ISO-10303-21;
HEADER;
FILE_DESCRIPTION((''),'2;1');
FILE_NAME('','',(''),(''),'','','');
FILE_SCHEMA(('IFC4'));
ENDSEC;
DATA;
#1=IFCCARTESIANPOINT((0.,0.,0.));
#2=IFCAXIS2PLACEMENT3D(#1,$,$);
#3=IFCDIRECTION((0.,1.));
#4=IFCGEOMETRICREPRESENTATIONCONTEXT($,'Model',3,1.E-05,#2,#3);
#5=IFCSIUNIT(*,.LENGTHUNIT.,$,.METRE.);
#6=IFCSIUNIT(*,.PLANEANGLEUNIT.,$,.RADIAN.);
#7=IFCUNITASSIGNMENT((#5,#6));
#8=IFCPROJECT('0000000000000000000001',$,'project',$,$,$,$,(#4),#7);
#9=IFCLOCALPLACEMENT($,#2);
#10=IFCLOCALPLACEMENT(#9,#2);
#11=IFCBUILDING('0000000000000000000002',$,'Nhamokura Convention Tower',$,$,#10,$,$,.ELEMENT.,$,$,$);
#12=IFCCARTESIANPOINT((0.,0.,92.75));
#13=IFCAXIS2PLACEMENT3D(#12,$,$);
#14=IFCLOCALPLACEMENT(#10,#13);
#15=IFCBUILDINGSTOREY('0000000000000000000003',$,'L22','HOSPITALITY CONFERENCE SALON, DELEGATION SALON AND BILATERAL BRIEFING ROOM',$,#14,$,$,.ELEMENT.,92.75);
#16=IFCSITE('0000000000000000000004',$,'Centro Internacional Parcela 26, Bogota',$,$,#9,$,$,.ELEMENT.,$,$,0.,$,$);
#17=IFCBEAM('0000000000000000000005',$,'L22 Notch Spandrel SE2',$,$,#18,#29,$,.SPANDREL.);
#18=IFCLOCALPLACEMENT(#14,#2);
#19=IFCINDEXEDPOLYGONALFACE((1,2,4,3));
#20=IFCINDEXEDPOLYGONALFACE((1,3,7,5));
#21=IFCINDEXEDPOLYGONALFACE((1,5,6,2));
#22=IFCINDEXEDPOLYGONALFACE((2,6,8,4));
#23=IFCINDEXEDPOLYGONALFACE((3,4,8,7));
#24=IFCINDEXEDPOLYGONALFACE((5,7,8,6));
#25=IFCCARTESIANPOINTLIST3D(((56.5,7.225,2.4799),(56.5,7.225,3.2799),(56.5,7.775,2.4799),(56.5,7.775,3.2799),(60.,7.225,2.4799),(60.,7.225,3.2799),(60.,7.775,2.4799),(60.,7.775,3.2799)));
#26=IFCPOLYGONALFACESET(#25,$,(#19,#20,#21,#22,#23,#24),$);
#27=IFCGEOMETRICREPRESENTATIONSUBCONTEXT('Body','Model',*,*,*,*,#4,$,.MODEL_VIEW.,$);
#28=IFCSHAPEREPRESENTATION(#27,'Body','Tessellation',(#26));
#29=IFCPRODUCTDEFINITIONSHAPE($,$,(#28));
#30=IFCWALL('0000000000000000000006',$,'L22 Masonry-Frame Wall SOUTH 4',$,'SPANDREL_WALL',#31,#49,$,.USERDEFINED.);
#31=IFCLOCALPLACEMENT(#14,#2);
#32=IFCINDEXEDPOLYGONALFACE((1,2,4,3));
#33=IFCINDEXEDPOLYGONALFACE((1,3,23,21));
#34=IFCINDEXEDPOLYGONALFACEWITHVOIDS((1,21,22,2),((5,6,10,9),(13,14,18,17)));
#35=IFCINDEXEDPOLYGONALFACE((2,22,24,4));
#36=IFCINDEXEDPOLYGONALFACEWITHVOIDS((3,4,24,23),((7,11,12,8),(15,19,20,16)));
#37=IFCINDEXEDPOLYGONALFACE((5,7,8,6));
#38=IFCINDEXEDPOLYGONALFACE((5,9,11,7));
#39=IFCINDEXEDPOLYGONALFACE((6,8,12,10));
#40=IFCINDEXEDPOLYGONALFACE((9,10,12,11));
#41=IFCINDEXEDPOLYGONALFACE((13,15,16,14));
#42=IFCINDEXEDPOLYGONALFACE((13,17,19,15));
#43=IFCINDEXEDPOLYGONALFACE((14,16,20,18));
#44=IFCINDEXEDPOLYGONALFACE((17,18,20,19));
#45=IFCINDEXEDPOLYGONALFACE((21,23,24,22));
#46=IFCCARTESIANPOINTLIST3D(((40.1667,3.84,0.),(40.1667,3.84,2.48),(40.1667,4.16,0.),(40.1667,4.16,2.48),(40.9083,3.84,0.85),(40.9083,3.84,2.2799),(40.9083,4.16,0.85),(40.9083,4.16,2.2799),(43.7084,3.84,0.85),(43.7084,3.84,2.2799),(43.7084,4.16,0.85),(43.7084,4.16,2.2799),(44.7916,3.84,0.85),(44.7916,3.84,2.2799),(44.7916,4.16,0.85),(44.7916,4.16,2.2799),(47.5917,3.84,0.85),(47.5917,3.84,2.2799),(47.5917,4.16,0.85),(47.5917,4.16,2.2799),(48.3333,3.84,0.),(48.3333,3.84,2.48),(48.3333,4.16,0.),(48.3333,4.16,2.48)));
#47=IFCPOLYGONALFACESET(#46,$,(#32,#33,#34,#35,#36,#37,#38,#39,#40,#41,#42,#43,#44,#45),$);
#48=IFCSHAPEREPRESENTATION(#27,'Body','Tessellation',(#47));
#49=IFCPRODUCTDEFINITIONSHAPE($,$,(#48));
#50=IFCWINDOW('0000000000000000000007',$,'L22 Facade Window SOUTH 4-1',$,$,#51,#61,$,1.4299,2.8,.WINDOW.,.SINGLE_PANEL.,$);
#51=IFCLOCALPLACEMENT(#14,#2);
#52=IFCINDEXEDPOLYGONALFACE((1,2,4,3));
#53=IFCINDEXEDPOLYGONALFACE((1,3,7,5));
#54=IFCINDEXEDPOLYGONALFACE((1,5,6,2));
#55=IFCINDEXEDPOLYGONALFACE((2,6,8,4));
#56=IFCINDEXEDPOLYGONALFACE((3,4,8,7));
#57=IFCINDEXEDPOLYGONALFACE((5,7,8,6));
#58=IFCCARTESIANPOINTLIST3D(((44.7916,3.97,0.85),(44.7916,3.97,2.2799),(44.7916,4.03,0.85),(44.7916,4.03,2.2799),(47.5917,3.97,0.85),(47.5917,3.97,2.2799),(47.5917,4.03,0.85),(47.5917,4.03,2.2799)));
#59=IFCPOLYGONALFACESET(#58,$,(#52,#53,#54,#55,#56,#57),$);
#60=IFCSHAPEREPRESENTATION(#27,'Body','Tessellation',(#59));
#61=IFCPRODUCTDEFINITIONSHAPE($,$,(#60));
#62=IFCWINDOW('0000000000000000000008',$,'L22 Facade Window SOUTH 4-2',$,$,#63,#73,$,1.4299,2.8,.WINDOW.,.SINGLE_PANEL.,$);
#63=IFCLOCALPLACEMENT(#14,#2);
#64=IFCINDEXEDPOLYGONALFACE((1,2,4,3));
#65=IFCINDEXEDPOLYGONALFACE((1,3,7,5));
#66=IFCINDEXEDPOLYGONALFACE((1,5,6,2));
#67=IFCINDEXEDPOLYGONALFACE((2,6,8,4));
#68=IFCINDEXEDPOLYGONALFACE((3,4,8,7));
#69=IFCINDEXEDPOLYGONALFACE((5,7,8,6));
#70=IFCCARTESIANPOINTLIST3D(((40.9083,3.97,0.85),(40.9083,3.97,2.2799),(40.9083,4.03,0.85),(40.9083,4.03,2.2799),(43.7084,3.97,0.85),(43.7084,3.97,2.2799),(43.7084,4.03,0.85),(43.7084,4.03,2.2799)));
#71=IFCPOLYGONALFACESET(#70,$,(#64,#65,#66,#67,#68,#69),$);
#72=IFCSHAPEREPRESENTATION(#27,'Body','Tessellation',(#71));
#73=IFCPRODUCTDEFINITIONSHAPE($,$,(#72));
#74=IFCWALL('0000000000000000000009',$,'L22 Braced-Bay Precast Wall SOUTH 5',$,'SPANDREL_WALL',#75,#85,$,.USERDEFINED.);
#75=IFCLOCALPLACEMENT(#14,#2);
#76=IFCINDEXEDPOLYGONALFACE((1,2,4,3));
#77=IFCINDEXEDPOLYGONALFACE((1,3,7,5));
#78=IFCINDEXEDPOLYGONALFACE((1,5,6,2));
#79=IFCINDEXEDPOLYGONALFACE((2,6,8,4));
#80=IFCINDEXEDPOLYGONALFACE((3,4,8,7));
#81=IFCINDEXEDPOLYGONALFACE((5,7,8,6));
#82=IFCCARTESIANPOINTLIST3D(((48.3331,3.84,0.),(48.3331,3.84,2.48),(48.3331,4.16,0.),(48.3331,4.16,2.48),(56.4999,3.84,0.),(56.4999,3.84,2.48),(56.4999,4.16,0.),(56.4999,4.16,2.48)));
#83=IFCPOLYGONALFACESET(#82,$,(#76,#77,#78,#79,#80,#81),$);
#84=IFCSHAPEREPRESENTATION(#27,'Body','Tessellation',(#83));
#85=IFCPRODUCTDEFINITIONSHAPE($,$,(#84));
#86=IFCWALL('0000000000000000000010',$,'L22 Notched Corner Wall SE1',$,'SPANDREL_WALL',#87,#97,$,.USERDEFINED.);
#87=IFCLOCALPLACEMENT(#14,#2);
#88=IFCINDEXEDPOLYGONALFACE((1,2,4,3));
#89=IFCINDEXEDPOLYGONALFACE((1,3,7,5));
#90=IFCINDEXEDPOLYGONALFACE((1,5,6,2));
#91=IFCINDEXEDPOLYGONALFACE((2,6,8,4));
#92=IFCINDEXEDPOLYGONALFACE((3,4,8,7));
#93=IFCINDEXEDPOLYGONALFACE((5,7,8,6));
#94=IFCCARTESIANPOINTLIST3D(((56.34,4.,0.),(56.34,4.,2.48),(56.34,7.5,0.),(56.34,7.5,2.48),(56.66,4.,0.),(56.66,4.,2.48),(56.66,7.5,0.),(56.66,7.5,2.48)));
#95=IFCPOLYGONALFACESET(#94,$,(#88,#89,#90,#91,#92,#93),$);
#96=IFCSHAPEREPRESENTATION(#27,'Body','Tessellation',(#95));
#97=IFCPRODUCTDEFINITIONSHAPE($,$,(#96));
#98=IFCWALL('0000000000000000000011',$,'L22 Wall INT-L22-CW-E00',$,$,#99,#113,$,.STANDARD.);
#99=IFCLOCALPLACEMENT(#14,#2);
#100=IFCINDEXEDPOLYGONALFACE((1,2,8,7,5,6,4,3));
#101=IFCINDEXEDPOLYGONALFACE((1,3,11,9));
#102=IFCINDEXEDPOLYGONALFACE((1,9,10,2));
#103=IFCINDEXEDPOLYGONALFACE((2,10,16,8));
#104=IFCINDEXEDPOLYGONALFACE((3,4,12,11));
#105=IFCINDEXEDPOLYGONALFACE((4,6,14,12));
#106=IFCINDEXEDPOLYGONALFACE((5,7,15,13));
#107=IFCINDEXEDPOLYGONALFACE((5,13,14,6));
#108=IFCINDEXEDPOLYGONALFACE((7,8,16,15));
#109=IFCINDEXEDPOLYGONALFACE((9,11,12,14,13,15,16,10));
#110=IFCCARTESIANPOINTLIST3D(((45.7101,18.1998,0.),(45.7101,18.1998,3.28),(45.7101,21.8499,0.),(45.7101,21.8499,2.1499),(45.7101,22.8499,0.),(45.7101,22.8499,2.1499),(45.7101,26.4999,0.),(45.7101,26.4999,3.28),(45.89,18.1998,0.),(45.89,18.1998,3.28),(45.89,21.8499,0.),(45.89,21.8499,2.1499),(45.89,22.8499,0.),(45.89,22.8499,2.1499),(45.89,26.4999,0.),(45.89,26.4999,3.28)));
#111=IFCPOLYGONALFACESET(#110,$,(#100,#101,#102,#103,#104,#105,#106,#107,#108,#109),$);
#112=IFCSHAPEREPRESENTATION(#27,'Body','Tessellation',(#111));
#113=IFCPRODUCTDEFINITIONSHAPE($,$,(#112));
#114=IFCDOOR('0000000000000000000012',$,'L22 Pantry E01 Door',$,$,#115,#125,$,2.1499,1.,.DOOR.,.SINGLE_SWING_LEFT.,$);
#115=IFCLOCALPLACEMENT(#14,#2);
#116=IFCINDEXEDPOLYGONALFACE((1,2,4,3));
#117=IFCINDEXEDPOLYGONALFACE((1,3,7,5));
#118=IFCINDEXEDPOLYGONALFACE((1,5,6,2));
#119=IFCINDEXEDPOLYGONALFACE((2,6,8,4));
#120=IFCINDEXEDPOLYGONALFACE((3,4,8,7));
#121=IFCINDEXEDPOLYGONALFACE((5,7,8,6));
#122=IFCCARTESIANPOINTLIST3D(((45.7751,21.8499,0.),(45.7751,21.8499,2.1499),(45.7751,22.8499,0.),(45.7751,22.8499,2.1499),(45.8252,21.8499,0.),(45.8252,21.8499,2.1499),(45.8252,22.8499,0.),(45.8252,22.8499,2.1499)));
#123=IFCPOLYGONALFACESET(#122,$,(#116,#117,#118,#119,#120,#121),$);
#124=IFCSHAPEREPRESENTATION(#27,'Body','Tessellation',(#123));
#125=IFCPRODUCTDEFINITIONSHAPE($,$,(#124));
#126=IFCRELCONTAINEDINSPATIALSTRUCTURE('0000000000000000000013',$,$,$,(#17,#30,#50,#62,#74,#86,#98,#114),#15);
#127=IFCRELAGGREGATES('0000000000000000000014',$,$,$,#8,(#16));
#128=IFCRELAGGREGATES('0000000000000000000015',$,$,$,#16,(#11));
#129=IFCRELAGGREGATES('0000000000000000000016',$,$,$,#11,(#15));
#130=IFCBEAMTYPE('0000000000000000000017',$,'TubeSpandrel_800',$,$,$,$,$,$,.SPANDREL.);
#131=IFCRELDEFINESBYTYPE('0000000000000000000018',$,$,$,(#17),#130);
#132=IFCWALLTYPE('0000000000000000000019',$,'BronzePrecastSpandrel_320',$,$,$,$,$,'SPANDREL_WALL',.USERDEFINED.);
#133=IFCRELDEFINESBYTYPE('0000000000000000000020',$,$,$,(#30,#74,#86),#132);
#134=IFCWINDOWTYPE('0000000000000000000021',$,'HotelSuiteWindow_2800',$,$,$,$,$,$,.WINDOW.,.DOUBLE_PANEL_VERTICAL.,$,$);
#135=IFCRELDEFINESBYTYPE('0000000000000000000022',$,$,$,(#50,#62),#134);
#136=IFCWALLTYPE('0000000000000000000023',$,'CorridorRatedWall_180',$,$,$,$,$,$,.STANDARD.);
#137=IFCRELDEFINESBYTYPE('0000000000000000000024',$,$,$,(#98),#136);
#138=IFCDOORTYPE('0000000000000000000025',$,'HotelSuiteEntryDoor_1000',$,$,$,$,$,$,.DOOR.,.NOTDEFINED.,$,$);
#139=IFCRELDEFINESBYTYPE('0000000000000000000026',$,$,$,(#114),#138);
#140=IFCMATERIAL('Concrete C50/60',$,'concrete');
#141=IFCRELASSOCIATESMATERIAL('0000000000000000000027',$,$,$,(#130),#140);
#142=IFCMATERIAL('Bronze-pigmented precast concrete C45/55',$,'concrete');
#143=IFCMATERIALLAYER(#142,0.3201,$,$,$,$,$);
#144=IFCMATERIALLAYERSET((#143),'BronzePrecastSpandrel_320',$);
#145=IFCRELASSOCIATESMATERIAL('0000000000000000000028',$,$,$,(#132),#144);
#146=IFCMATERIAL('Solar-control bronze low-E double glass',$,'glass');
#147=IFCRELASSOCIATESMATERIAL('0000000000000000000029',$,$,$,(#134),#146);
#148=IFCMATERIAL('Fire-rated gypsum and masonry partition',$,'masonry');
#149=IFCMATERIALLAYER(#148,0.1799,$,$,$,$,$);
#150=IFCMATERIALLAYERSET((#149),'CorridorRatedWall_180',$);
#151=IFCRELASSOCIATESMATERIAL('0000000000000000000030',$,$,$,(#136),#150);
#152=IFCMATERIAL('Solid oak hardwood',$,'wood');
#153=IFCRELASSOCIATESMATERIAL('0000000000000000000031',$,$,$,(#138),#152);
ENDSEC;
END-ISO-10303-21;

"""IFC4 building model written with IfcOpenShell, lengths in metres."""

from ifc_helpers import new_model, si_unit, direction, frame, frame_2d, origin, origin_2d, place, context, subcontext, project, spatial, rectangle, extrude, material, layer, layer_set, material_profile, profile_set, type_object, element, fill, save


model = new_model("IFC4")

# Units and contexts
model_context = context("Model", 3, precision=1e-05, world=origin(), true_north=direction((0.0, 1.0)))
body_context = subcontext(model_context, "Body", "Model", "MODEL_VIEW")
ifc_project = project(units=[si_unit("LENGTHUNIT", "METRE"), si_unit("PLANEANGLEUNIT", "RADIAN")], contexts=[model_context])

# Site, building, storey
site_placement = place(None, origin())
site = spatial("IfcSite", under=ifc_project, at=site_placement, Name="Centro Internacional Parcela 26, Bogota", CompositionType="ELEMENT", RefElevation=0.0)
building_placement = place(site_placement, origin())
building = spatial("IfcBuilding", under=site, at=building_placement, Name="Nhamokura Convention Tower", CompositionType="ELEMENT")
storey_placement = place(building_placement, frame((0.0, 0.0, 92.75)))
storey = spatial("IfcBuildingStorey", under=building, at=storey_placement, Name="L22", Description="HOSPITALITY CONFERENCE SALON, DELEGATION SALON AND BILATERAL BRIEFING ROOM", CompositionType="ELEMENT", Elevation=92.75)

# Beam
ifc_material_1 = material(Name="Concrete C50/60", Category="concrete")
ifc_material_profile_1 = material_profile(ifc_material_1, rectangle(XDim=0.55, YDim=0.8, at=origin_2d()))
ifc_profile_set_1 = profile_set([ifc_material_profile_1], Name="Concrete C50/60")
beam_type_1 = type_object("IfcBeamType", Name="TubeSpandrel_800", PredefinedType="SPANDREL", material=ifc_profile_set_1)
for number, where, z_axis, x_axis, name in (
    (1, (56.5, 7.5, 2.8799), (1.0, 0.0, 0.0), (0.0, 1.0, 0.0), "L22 Notch Spandrel SE2"),
):
    element("IfcBeam", number, at=place(storey_placement, frame(where, z_axis=z_axis, x_axis=x_axis)), inside=storey, type_object=beam_type_1, Name=name, PredefinedType="SPANDREL", context=body_context, shape_type="SweptSolid", body=[
        extrude(rectangle(XDim=0.55, YDim=0.8, at=origin_2d()), origin(), (0.0, 0.0, 1.0), 3.5),
    ])

# Wall, openings, windows
ifc_material_2 = material(Name="Bronze-pigmented precast concrete C45/55", Category="concrete")
ifc_layer_1 = layer(ifc_material_2, 0.3201)
ifc_layer_set_1 = layer_set([ifc_layer_1], Name="BronzePrecastSpandrel_320")
wall_type_1 = type_object("IfcWallType", Name="BronzePrecastSpandrel_320", ElementType="SPANDREL_WALL", PredefinedType="USERDEFINED", material=ifc_layer_set_1)
wall_1_placement = place(storey_placement, frame((48.3333, 4.0, 0.0), z_axis=(0.0, 0.0, 1.0), x_axis=(-1.0, 0.0, 0.0)))
wall_1 = element("IfcWall", 2, at=wall_1_placement, inside=storey, type_object=wall_type_1, Name="L22 Masonry-Frame Wall SOUTH 4", ObjectType="SPANDREL_WALL", PredefinedType="USERDEFINED", context=body_context, shape_type="SweptSolid", body=[
    extrude(rectangle(XDim=8.1665, YDim=0.3201, at=frame_2d((4.0833, 0.0))), origin(), (0.0, 0.0, 1.0), 2.48),
])
opening_1_placement = place(wall_1_placement, frame((0.7417, 0.0, 0.8501)))
opening_1 = element("IfcOpeningElement", 3, at=opening_1_placement, cuts=wall_1, PredefinedType="OPENING", context=body_context, shape_type="SweptSolid", body=[
    extrude(rectangle(XDim=2.8, YDim=1.4299, at=frame_2d((1.3999, 0.7148))), frame((0.0, 0.1699, 0.0), z_axis=(0.0, -1.0, 0.0), x_axis=(1.0, 0.0, 0.0)), (0.0, 0.0, 1.0), 0.3401),
])
opening_2_placement = place(wall_1_placement, frame((4.625, 0.0, 0.8501)))
opening_2 = element("IfcOpeningElement", 4, at=opening_2_placement, cuts=wall_1, PredefinedType="OPENING", context=body_context, shape_type="SweptSolid", body=[
    extrude(rectangle(XDim=2.8, YDim=1.4299, at=frame_2d((1.3999, 0.7148))), frame((0.0, 0.1699, 0.0), z_axis=(0.0, -1.0, 0.0), x_axis=(1.0, 0.0, 0.0)), (0.0, 0.0, 1.0), 0.3401),
])
ifc_material_3 = material(Name="Solar-control bronze low-E double glass", Category="glass")
window_type = type_object("IfcWindowType", Name="HotelSuiteWindow_2800", PartitioningType="DOUBLE_PANEL_VERTICAL", PredefinedType="WINDOW", material=ifc_material_3)
window_1_placement = place(opening_1_placement, origin())
window_1 = element("IfcWindow", 5, at=window_1_placement, inside=storey, type_object=window_type, Name="L22 Facade Window SOUTH 4-1", OverallHeight=1.4299, OverallWidth=2.8, PartitioningType="SINGLE_PANEL", PredefinedType="WINDOW", context=body_context, shape_type="SweptSolid", body=[
    extrude(rectangle(XDim=2.8, YDim=1.4299, at=frame_2d((1.3999, 0.7148))), frame((0.0, 0.03, 0.0), z_axis=(0.0, -1.0, 0.0), x_axis=(1.0, 0.0, 0.0)), (0.0, 0.0, 1.0), 0.0601),
])
fill(opening_1, window_1)
window_2_placement = place(opening_2_placement, origin())
window_2 = element("IfcWindow", 6, at=window_2_placement, inside=storey, type_object=window_type, Name="L22 Facade Window SOUTH 4-2", OverallHeight=1.4299, OverallWidth=2.8, PartitioningType="SINGLE_PANEL", PredefinedType="WINDOW", context=body_context, shape_type="SweptSolid", body=[
    extrude(rectangle(XDim=2.8, YDim=1.4299, at=frame_2d((1.3999, 0.7148))), frame((0.0, 0.03, 0.0), z_axis=(0.0, -1.0, 0.0), x_axis=(1.0, 0.0, 0.0)), (0.0, 0.0, 1.0), 0.0601),
])
fill(opening_2, window_2)

# Walls
wall_2_placement = place(storey_placement, frame((56.5, 4.0, 0.0), z_axis=(0.0, 0.0, 1.0), x_axis=(-1.0, 0.0, 0.0)))
element("IfcWall", 7, at=wall_2_placement, inside=storey, type_object=wall_type_1, Name="L22 Braced-Bay Precast Wall SOUTH 5", ObjectType="SPANDREL_WALL", PredefinedType="USERDEFINED", context=body_context, shape_type="SweptSolid", body=[
    extrude(rectangle(XDim=8.1667, YDim=0.3201, at=frame_2d((4.0835, 0.0))), origin(), (0.0, 0.0, 1.0), 2.48),
])
wall_3_placement = place(storey_placement, frame((56.5, 7.5, 0.0), z_axis=(0.0, 0.0, 1.0), x_axis=(0.0, -1.0, 0.0)))
element("IfcWall", 8, at=wall_3_placement, inside=storey, type_object=wall_type_1, Name="L22 Notched Corner Wall SE1", ObjectType="SPANDREL_WALL", PredefinedType="USERDEFINED", context=body_context, shape_type="SweptSolid", body=[
    extrude(rectangle(XDim=3.5, YDim=0.3201, at=frame_2d((1.75, 0.0))), origin(), (0.0, 0.0, 1.0), 2.48),
])

# Wall, opening, door
ifc_material_4 = material(Name="Fire-rated gypsum and masonry partition", Category="masonry")
ifc_layer_2 = layer(ifc_material_4, 0.1799)
ifc_layer_set_2 = layer_set([ifc_layer_2], Name="CorridorRatedWall_180")
wall_type_2 = type_object("IfcWallType", Name="CorridorRatedWall_180", PredefinedType="STANDARD", material=ifc_layer_set_2)
wall_4_placement = place(storey_placement, frame((45.8, 18.2, 0.0), z_axis=(0.0, 0.0, 1.0), x_axis=(0.0, 1.0, 0.0)))
wall_4 = element("IfcWall", 9, at=wall_4_placement, inside=storey, type_object=wall_type_2, Name="L22 Wall INT-L22-CW-E00", PredefinedType="STANDARD", context=body_context, shape_type="SweptSolid", body=[
    extrude(rectangle(XDim=8.3, YDim=0.1799, at=frame_2d((4.1499, 0.0))), origin(), (0.0, 0.0, 1.0), 3.28),
])
opening_3_placement = place(wall_4_placement, frame((3.6499, 0.0, 0.0)))
opening_3 = element("IfcOpeningElement", 10, at=opening_3_placement, cuts=wall_4, PredefinedType="OPENING", context=body_context, shape_type="SweptSolid", body=[
    extrude(rectangle(XDim=1.0, YDim=2.1499, at=frame_2d((0.5, 1.075))), frame((0.0, 0.0999, 0.0), z_axis=(0.0, -1.0, 0.0), x_axis=(1.0, 0.0, 0.0)), (0.0, 0.0, 1.0), 0.2),
])
ifc_material_5 = material(Name="Solid oak hardwood", Category="wood")
door_type = type_object("IfcDoorType", Name="HotelSuiteEntryDoor_1000", OperationType="NOTDEFINED", PredefinedType="DOOR", material=ifc_material_5)
door_placement = place(opening_3_placement, origin())
door = element("IfcDoor", 11, at=door_placement, inside=storey, type_object=door_type, Name="L22 Pantry E01 Door", OperationType="SINGLE_SWING_LEFT", OverallHeight=2.1499, OverallWidth=1.0, PredefinedType="DOOR", context=body_context, shape_type="SweptSolid", body=[
    extrude(rectangle(XDim=1.0, YDim=2.1499, at=frame_2d((0.5, 1.075))), frame((0.0, 0.0249, 0.0), z_axis=(0.0, -1.0, 0.0), x_axis=(1.0, 0.0, 0.0)), (0.0, 0.0, 1.0), 0.05),
])
fill(opening_3, door)

save(model, "model.ifc")
